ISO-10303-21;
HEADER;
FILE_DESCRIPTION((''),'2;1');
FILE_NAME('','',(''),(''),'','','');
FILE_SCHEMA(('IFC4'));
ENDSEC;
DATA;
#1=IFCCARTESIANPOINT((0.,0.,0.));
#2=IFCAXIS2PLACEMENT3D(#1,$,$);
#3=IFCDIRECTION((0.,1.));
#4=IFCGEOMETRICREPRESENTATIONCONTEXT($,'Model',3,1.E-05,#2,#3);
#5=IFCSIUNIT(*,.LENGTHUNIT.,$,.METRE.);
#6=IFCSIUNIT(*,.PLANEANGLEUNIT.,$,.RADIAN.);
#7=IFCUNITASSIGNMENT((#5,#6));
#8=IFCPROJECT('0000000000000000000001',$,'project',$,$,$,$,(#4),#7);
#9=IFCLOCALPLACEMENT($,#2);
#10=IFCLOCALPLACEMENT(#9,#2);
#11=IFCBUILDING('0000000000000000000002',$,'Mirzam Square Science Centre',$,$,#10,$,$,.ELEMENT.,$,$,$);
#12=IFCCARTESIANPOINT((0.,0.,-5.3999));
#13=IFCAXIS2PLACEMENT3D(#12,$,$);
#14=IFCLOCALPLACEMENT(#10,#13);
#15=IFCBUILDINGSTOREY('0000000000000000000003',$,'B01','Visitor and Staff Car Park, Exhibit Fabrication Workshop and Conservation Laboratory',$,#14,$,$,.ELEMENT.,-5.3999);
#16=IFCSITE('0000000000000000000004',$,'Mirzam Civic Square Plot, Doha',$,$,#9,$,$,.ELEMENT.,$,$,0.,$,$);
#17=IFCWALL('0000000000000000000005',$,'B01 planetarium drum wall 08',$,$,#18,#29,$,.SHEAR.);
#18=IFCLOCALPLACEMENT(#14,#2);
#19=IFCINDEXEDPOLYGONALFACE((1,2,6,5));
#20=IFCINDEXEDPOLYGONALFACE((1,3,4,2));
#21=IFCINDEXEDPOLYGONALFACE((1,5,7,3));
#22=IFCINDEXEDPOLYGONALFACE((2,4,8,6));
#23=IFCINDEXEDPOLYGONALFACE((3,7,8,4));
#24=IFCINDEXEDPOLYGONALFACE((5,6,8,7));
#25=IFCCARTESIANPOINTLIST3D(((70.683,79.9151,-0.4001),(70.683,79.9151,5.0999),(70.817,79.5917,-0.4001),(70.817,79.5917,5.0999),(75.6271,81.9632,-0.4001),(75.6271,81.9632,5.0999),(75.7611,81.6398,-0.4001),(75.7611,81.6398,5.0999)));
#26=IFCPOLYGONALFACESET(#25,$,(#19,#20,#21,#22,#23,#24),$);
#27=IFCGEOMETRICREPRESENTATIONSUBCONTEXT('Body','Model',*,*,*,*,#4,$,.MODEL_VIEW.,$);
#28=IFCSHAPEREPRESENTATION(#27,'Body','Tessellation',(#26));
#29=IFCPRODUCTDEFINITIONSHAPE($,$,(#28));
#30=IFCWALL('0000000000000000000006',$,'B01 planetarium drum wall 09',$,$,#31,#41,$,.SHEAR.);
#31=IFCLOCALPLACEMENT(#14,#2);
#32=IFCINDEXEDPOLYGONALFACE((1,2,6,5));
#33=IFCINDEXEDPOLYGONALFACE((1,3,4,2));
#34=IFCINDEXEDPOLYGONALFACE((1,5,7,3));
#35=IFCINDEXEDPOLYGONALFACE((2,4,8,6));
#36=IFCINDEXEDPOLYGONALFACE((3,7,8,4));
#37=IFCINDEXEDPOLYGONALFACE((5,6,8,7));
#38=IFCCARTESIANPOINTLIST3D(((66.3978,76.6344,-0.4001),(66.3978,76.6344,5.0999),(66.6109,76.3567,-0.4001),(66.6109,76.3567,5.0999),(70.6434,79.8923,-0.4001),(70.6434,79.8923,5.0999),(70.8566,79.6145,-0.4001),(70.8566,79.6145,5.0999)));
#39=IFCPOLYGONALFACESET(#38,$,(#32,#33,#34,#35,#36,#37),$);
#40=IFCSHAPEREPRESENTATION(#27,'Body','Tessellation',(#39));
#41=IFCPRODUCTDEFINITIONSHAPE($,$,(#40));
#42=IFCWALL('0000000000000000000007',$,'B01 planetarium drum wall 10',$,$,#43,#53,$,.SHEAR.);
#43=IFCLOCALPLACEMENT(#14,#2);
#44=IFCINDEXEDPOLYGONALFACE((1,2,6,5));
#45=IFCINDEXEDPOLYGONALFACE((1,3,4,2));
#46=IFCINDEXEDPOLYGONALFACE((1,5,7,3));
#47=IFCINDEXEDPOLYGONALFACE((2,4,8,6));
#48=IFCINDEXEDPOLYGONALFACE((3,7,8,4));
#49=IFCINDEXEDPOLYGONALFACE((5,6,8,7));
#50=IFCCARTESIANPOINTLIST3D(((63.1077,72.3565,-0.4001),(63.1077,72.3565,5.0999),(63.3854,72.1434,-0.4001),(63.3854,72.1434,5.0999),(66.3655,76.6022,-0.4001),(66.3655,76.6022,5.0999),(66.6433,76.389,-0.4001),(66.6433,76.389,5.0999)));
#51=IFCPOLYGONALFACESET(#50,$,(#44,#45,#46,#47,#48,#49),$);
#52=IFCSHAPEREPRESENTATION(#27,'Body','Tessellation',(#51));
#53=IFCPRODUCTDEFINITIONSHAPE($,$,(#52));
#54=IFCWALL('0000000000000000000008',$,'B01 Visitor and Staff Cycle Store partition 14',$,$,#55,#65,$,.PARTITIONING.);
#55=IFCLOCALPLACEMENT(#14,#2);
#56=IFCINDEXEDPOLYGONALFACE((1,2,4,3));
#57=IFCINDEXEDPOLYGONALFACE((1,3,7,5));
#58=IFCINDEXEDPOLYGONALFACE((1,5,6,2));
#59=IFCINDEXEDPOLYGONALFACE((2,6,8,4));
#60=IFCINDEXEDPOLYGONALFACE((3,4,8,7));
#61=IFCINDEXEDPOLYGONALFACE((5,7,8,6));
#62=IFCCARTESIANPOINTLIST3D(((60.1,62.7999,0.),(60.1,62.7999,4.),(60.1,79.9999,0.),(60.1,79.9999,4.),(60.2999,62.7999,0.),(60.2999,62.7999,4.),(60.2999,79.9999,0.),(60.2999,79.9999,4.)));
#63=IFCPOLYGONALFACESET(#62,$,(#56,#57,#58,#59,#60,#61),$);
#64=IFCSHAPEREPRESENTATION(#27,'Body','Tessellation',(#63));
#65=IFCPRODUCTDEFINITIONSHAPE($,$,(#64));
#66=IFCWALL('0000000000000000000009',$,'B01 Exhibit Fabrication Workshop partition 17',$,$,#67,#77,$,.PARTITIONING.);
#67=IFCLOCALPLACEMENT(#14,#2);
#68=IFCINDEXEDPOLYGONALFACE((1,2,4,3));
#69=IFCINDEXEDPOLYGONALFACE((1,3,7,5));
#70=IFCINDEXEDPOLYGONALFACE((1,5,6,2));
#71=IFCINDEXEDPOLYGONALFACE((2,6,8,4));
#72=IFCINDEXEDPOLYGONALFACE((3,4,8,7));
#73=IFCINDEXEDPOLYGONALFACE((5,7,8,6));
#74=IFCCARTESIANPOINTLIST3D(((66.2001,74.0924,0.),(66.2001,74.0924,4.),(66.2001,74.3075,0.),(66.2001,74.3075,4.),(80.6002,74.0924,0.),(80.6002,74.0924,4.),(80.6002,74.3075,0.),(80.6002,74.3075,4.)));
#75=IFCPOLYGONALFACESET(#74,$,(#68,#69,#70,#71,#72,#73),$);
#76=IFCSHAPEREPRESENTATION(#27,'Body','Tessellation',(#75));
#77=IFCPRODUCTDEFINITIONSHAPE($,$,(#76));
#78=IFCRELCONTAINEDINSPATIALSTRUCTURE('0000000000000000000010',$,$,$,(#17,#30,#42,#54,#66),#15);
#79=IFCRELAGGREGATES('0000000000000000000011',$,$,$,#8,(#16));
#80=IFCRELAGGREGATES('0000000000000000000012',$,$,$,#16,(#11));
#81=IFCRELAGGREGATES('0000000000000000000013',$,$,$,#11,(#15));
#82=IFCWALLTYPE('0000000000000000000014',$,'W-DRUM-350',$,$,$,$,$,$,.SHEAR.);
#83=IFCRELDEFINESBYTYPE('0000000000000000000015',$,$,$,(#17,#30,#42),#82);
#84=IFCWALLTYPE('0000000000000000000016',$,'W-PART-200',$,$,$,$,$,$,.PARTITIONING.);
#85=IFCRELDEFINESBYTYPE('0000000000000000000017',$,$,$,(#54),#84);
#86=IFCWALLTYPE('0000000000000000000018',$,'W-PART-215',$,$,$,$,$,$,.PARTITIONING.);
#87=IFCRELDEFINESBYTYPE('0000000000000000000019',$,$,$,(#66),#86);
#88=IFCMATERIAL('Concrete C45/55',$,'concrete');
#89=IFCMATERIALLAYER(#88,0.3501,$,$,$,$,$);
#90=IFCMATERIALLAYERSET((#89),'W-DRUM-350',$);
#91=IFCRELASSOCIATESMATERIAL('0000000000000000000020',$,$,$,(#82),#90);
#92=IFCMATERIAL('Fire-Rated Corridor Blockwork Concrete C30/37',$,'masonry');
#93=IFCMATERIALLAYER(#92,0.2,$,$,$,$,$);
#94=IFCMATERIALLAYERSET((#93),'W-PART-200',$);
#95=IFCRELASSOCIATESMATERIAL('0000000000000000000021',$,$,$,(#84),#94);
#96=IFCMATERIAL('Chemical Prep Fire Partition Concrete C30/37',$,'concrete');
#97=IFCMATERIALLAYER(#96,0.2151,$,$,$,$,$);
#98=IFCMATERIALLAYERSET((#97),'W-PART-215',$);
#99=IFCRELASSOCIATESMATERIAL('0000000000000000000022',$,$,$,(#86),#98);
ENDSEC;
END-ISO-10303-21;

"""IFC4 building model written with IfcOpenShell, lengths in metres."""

from ifc_helpers import new_model, si_unit, direction, frame, frame_2d, origin, place, context, subcontext, project, spatial, rectangle, extrude, material, layer, layer_set, type_object, element, save


model = new_model("IFC4")

# Units and contexts
model_context = context("Model", 3, precision=1e-05, world=origin(), true_north=direction((0.0, 1.0)))
body_context = subcontext(model_context, "Body", "Model", "MODEL_VIEW")
ifc_project = project(units=[si_unit("LENGTHUNIT", "METRE"), si_unit("PLANEANGLEUNIT", "RADIAN")], contexts=[model_context])

# Site, building, storey
site_placement = place(None, origin())
site = spatial("IfcSite", under=ifc_project, at=site_placement, Name="Mirzam Civic Square Plot, Doha", CompositionType="ELEMENT", RefElevation=0.0)
building_placement = place(site_placement, origin())
building = spatial("IfcBuilding", under=site, at=building_placement, Name="Mirzam Square Science Centre", CompositionType="ELEMENT")
storey_placement = place(building_placement, frame((0.0, 0.0, -5.3999)))
storey = spatial("IfcBuildingStorey", under=building, at=storey_placement, Name="B01", Description="Visitor and Staff Car Park, Exhibit Fabrication Workshop and Conservation Laboratory", CompositionType="ELEMENT", Elevation=-5.3999)

# Shared definitions
ifc_material_1 = material(Name="Concrete C45/55", Category="concrete")

# Walls
ifc_layer_1 = layer(ifc_material_1, 0.3501)
ifc_layer_set_1 = layer_set([ifc_layer_1], Name="W-DRUM-350")
wall_type_1 = type_object("IfcWallType", Name="W-DRUM-350", PredefinedType="SHEAR", material=ifc_layer_set_1)
for number, where, z_axis, x_axis, name in (
    (1, (75.6941, 81.8015, -0.4001), (0.0, 0.0, 1.0), (-0.923867, -0.382713, 0.0), "B01 planetarium drum wall 08"),
    (2, (70.75, 79.7534, -0.4001), (0.0, 0.0, 1.0), (-0.793349, -0.608767, 0.0), "B01 planetarium drum wall 09"),
    (3, (66.5044, 76.4956, -0.4001), (0.0, 0.0, 1.0), (-0.608767, -0.793349, 0.0), "B01 planetarium drum wall 10"),
):
    element("IfcWall", number, at=place(storey_placement, frame(where, z_axis=z_axis, x_axis=x_axis)), inside=storey, type_object=wall_type_1, Name=name, PredefinedType="SHEAR", context=body_context, shape_type="SweptSolid", body=[
        extrude(rectangle(XDim=5.3516, YDim=0.3501, at=frame_2d((2.6758, 0.0))), origin(), (0.0, 0.0, 1.0), 5.5),
    ])
ifc_material_2 = material(Name="Fire-Rated Corridor Blockwork Concrete C30/37", Category="masonry")
ifc_layer_2 = layer(ifc_material_2, 0.2)
ifc_layer_set_2 = layer_set([ifc_layer_2], Name="W-PART-200")
wall_type_2 = type_object("IfcWallType", Name="W-PART-200", PredefinedType="PARTITIONING", material=ifc_layer_set_2)
wall_1_placement = place(storey_placement, frame((60.2, 80.0, 0.0), z_axis=(0.0, 0.0, 1.0), x_axis=(0.0, -1.0, 0.0)))
element("IfcWall", 4, at=wall_1_placement, inside=storey, type_object=wall_type_2, Name="B01 Visitor and Staff Cycle Store partition 14", PredefinedType="PARTITIONING", context=body_context, shape_type="SweptSolid", body=[
    extrude(rectangle(XDim=17.2, YDim=0.2, at=frame_2d((8.6001, 0.0))), origin(), (0.0, 0.0, 1.0), 4.0),
])
ifc_material_3 = material(Name="Chemical Prep Fire Partition Concrete C30/37", Category="concrete")
ifc_layer_3 = layer(ifc_material_3, 0.2151)
ifc_layer_set_3 = layer_set([ifc_layer_3], Name="W-PART-215")
wall_type_3 = type_object("IfcWallType", Name="W-PART-215", PredefinedType="PARTITIONING", material=ifc_layer_set_3)
wall_2_placement = place(storey_placement, frame((66.2, 74.2, 0.0), z_axis=(0.0, 0.0, 1.0), x_axis=(1.0, 0.0, 0.0)))
element("IfcWall", 5, at=wall_2_placement, inside=storey, type_object=wall_type_3, Name="B01 Exhibit Fabrication Workshop partition 17", PredefinedType="PARTITIONING", context=body_context, shape_type="SweptSolid", body=[
    extrude(rectangle(XDim=14.4001, YDim=0.2151, at=frame_2d((7.2002, 0.0))), origin(), (0.0, 0.0, 1.0), 4.0),
])

save(model, "model.ifc")
